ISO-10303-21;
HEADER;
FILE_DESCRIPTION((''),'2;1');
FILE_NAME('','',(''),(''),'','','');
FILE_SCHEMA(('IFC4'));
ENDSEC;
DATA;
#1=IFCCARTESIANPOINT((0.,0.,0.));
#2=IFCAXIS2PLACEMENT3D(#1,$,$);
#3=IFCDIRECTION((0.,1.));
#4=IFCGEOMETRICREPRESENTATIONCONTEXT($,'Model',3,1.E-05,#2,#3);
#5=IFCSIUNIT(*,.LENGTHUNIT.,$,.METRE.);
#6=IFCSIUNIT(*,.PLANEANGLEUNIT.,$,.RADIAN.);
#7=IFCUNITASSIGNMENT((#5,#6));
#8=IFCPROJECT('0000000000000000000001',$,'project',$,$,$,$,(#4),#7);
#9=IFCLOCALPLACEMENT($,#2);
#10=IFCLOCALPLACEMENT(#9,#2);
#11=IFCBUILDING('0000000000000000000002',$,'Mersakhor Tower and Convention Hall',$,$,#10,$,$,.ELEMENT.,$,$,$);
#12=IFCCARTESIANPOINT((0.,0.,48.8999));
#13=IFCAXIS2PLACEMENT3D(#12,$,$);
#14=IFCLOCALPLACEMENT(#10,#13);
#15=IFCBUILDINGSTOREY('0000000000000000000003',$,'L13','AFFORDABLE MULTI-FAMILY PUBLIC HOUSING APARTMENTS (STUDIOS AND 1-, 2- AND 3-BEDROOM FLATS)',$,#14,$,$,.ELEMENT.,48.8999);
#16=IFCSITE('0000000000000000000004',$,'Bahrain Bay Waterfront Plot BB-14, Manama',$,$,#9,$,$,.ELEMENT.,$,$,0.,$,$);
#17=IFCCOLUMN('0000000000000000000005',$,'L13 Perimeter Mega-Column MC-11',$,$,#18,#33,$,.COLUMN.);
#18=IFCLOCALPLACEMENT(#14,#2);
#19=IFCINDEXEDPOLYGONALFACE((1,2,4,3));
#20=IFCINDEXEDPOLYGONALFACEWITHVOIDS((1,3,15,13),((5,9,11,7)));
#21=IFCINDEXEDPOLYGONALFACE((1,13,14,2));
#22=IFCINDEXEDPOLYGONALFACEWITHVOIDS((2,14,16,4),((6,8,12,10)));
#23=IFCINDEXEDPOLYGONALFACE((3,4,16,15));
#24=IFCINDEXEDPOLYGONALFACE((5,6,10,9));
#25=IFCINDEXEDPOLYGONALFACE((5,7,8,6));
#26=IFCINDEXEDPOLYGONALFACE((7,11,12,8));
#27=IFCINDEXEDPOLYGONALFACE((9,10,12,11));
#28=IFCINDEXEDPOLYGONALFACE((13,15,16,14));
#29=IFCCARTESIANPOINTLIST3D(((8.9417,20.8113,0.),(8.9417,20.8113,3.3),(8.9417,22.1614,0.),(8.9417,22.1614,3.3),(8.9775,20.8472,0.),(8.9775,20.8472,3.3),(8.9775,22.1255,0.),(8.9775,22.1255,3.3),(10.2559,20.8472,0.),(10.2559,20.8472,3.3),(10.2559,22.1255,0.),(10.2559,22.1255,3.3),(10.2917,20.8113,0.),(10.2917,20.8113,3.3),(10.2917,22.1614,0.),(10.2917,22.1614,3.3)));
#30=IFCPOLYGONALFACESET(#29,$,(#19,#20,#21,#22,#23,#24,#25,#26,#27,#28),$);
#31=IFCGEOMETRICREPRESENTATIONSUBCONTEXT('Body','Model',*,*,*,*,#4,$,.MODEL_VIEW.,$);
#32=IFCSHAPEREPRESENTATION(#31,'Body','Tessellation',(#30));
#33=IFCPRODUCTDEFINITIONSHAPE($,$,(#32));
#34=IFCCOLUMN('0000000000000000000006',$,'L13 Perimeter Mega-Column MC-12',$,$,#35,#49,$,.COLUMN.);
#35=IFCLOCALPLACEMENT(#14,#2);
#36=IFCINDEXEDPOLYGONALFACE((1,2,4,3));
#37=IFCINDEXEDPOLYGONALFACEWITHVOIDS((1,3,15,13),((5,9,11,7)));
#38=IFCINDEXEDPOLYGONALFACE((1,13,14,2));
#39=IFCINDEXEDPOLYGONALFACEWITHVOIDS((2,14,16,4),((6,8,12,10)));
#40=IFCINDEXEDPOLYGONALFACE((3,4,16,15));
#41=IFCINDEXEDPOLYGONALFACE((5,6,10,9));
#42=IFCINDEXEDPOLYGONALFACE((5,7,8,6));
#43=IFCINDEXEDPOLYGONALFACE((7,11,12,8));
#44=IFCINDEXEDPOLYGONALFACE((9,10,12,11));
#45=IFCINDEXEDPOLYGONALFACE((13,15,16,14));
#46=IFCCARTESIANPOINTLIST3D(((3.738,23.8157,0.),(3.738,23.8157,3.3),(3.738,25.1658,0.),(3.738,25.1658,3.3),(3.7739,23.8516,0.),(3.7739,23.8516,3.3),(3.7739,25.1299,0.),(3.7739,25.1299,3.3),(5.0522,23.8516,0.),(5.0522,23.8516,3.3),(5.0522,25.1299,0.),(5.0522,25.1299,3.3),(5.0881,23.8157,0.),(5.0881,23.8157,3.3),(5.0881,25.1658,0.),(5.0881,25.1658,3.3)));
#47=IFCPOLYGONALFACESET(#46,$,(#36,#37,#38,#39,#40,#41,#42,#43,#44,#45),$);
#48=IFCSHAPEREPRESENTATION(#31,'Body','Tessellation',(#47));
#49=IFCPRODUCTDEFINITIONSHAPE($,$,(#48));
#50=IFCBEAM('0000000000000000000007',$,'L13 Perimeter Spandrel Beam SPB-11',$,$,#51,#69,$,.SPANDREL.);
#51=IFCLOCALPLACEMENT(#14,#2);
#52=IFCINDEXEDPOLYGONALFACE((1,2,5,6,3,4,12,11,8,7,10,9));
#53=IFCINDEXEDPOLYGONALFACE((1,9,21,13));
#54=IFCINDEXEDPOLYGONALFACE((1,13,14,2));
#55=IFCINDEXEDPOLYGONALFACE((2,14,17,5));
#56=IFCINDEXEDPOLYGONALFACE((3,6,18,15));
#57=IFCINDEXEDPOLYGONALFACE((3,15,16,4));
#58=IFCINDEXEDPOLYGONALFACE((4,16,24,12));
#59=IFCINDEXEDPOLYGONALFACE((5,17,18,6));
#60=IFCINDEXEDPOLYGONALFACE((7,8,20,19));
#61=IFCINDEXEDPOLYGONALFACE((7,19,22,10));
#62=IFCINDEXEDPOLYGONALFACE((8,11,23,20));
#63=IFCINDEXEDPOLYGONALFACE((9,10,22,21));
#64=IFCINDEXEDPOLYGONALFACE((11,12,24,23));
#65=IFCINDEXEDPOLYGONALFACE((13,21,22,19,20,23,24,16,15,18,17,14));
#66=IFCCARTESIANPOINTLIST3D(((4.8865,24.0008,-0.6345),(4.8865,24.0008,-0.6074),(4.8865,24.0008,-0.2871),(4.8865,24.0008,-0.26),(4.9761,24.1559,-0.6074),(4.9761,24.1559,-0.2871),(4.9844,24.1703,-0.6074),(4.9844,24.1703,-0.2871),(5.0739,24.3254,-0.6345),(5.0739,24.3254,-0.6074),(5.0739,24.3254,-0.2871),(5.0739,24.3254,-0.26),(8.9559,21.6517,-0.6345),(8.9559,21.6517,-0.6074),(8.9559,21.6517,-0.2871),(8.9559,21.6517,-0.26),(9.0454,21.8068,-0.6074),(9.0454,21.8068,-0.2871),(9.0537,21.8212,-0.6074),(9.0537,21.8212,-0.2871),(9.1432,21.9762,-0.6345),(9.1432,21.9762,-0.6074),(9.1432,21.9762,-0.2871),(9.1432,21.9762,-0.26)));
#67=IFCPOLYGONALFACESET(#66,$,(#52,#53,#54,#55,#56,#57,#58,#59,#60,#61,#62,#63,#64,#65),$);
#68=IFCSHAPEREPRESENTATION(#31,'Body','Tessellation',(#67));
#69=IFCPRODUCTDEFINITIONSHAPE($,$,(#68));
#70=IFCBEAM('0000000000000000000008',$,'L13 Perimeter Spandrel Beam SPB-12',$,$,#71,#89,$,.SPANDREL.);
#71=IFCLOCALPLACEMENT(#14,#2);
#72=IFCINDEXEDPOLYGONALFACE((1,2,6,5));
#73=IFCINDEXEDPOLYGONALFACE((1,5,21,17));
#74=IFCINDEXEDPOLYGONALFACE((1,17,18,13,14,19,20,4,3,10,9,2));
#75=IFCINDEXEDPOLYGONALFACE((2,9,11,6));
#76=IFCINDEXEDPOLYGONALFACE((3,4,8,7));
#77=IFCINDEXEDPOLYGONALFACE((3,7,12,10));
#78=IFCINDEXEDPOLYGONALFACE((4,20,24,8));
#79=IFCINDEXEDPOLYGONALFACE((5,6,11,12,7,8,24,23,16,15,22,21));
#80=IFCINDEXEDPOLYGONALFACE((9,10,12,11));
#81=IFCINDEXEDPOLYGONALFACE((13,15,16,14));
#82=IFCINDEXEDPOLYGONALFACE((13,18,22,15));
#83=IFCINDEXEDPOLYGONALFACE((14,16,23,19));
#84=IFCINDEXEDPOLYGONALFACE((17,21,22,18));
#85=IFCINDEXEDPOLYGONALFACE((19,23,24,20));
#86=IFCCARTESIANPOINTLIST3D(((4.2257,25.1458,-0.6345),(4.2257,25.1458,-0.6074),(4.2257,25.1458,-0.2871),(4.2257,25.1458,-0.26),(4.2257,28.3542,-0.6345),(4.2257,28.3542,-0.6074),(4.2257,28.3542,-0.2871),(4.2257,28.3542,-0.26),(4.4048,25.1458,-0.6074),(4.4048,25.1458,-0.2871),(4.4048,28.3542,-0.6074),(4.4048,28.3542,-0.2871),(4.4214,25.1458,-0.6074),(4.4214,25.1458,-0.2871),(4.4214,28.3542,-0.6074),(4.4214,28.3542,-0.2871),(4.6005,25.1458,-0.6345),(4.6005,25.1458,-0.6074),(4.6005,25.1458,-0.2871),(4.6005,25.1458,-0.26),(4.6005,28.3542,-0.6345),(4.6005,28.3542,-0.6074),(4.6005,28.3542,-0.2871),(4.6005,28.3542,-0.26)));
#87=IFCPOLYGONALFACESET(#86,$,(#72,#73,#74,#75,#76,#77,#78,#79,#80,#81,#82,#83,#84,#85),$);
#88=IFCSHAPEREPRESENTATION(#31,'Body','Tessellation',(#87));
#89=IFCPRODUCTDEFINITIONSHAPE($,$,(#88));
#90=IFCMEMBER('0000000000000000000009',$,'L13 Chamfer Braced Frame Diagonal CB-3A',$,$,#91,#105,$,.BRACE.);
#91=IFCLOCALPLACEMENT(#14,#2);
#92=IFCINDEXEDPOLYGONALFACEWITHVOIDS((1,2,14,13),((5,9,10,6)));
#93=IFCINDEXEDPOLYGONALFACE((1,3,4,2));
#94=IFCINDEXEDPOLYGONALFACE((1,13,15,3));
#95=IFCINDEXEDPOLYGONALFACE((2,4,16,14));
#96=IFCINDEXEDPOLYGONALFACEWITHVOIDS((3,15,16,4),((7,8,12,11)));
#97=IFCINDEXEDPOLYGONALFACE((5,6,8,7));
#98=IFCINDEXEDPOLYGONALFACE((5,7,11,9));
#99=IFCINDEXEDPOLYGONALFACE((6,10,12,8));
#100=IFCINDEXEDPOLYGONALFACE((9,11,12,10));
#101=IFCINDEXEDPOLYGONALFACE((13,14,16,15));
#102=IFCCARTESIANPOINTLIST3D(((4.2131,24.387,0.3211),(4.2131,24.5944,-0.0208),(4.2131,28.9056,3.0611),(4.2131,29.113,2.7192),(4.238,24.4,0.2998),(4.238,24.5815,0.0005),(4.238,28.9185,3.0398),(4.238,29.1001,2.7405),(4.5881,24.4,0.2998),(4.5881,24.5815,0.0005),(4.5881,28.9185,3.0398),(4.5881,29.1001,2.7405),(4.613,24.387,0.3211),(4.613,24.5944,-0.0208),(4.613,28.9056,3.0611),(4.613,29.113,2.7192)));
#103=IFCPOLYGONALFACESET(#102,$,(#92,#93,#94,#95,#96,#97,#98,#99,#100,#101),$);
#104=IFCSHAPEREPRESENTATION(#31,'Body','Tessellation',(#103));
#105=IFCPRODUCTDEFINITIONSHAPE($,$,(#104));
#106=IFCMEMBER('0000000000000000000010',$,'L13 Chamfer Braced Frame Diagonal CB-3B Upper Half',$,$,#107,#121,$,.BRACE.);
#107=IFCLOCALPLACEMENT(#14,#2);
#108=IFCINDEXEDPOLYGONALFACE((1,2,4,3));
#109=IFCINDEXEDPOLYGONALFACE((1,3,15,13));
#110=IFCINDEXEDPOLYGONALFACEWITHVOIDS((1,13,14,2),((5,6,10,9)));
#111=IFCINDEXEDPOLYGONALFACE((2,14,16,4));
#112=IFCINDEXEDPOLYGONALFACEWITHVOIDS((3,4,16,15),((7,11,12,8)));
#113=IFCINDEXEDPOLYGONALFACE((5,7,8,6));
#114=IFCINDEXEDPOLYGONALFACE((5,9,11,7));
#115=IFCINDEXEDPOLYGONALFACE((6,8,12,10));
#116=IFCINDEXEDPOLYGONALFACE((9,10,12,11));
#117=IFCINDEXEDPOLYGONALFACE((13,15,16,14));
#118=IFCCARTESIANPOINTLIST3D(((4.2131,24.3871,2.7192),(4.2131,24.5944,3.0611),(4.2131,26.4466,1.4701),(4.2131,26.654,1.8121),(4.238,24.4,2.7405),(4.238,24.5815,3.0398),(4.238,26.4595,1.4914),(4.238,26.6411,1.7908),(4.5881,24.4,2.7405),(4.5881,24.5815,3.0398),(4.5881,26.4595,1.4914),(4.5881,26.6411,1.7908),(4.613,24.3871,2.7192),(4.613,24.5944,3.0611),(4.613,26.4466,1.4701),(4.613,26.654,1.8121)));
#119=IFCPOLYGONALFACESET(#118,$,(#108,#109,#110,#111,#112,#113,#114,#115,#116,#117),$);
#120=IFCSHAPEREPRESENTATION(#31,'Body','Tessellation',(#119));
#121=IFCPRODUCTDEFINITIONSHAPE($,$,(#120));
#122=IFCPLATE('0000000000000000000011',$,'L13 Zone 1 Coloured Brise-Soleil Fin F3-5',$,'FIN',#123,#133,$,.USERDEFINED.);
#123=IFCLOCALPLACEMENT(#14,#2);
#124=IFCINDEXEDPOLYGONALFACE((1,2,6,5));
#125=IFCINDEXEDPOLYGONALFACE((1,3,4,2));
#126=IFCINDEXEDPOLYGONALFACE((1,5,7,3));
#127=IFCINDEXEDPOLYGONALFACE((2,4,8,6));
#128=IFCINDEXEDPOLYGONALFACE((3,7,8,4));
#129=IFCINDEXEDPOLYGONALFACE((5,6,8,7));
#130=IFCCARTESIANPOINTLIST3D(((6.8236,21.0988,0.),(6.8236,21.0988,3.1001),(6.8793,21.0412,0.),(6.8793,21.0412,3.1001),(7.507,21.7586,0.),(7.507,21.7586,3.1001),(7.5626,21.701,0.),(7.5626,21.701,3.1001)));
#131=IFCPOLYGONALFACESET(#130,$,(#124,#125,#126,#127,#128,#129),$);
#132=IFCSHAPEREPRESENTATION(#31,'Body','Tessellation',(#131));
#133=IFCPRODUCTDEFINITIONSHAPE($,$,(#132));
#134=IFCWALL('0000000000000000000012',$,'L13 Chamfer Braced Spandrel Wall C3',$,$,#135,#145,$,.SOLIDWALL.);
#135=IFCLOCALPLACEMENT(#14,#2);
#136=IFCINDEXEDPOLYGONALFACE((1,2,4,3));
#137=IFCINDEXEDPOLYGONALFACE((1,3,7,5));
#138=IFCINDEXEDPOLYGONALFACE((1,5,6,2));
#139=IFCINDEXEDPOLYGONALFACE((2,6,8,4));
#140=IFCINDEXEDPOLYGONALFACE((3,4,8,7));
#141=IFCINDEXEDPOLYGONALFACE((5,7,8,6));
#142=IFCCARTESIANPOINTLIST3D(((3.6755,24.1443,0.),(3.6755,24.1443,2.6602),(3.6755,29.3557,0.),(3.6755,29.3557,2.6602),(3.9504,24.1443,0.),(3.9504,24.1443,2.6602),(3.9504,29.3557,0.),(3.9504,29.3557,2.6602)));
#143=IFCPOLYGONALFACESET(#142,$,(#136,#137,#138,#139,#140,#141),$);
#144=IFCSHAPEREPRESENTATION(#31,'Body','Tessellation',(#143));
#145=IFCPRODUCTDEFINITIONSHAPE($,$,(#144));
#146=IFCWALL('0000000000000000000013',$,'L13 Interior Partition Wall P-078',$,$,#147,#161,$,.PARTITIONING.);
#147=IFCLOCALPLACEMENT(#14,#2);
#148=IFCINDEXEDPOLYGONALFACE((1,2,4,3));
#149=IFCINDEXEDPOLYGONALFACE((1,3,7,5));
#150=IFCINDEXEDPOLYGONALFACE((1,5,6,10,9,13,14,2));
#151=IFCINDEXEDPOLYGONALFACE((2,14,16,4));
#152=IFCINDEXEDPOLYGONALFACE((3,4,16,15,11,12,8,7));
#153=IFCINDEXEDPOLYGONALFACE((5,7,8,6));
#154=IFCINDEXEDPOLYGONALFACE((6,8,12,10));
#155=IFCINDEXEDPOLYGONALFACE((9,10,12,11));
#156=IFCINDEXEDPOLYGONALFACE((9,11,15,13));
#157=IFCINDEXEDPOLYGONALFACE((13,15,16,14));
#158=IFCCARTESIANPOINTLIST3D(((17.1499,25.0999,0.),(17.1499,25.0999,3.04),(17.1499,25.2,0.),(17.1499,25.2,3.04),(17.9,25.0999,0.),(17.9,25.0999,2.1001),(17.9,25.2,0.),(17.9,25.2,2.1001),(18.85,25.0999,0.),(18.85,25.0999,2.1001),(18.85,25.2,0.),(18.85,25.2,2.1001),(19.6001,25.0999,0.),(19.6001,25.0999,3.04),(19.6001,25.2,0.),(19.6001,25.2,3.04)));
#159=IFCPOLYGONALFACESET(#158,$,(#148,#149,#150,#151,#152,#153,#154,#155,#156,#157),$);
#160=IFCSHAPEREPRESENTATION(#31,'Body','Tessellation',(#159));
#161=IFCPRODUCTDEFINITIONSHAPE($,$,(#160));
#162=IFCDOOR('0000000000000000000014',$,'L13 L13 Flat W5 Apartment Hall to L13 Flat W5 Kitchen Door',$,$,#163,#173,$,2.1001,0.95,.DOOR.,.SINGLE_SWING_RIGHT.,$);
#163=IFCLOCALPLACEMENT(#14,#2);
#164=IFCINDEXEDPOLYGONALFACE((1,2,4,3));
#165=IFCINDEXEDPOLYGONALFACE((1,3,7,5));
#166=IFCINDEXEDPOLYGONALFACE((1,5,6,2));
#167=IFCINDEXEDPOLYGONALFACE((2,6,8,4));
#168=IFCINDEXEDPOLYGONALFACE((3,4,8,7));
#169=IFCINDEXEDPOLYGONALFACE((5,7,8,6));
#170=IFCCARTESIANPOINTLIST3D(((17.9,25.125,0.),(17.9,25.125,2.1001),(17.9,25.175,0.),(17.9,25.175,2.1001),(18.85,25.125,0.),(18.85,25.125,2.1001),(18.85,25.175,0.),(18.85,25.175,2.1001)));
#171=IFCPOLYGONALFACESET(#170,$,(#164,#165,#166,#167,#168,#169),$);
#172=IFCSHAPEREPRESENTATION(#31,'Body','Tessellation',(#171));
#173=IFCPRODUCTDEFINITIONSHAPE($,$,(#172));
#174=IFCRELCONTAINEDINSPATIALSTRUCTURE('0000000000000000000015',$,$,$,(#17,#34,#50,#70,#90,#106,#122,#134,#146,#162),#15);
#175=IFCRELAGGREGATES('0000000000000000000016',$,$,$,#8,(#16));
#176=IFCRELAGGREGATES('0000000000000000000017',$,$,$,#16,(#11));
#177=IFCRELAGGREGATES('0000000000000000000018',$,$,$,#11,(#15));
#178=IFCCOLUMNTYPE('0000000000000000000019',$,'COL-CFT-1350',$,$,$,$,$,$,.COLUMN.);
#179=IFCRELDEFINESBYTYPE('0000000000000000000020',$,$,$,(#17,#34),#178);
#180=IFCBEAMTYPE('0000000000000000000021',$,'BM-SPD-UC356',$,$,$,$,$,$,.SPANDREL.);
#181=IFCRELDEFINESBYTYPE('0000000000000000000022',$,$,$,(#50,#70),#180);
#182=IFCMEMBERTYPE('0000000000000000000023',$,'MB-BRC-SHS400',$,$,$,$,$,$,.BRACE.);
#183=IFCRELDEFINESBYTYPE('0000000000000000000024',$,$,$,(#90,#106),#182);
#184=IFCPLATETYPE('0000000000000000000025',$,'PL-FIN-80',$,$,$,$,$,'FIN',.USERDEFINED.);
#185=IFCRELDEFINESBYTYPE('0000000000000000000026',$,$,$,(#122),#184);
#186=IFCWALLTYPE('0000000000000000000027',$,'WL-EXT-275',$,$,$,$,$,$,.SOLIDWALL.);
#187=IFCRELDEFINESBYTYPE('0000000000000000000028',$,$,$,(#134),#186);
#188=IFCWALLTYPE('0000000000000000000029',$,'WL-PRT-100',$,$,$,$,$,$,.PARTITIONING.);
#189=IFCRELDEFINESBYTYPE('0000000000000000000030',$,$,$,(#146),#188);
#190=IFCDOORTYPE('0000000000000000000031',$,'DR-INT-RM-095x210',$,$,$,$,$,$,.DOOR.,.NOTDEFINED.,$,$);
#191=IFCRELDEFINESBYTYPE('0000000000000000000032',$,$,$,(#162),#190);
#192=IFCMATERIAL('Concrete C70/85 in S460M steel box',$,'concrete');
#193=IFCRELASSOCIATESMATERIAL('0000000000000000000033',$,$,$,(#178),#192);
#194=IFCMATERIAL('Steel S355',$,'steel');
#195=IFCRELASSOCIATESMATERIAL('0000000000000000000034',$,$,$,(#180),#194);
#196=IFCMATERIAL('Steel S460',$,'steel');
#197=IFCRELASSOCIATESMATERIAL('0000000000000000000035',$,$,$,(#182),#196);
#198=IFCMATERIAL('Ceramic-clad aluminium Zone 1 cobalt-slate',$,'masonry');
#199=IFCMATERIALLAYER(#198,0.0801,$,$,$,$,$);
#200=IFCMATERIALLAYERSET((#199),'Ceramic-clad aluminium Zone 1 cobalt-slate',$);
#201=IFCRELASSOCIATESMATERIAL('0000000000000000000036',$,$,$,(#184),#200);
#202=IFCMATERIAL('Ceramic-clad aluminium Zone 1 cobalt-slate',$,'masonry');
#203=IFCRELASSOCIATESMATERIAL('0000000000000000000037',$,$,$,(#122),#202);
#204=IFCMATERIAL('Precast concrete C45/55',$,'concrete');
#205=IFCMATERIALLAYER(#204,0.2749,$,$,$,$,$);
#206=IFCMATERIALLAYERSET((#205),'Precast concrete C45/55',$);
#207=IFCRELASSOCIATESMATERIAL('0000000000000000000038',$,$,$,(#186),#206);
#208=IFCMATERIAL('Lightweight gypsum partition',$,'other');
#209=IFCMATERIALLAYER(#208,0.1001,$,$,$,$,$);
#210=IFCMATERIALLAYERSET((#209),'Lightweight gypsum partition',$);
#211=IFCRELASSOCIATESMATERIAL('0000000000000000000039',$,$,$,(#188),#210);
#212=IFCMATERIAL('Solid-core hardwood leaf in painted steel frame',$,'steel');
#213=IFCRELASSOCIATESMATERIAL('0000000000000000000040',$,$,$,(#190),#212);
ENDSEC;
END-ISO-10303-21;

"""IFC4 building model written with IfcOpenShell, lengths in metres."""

from ifc_helpers import new_model, si_unit, direction, frame, frame_2d, origin, origin_2d, place, context, subcontext, project, spatial, rectangle, hollow_rectangle, i_section, extrude, material, layer, layer_set, material_profile, profile_set, type_object, element, fill, save


model = new_model("IFC4")

# Units and contexts
model_context = context("Model", 3, precision=1e-05, world=origin(), true_north=direction((0.0, 1.0)))
body_context = subcontext(model_context, "Body", "Model", "MODEL_VIEW")
ifc_project = project(units=[si_unit("LENGTHUNIT", "METRE"), si_unit("PLANEANGLEUNIT", "RADIAN")], contexts=[model_context])

# Site, building, storey
site_placement = place(None, origin())
site = spatial("IfcSite", under=ifc_project, at=site_placement, Name="Bahrain Bay Waterfront Plot BB-14, Manama", CompositionType="ELEMENT", RefElevation=0.0)
building_placement = place(site_placement, origin())
building = spatial("IfcBuilding", under=site, at=building_placement, Name="Mersakhor Tower and Convention Hall", CompositionType="ELEMENT")
storey_placement = place(building_placement, frame((0.0, 0.0, 48.8999)))
storey = spatial("IfcBuildingStorey", under=building, at=storey_placement, Name="L13", Description="AFFORDABLE MULTI-FAMILY PUBLIC HOUSING APARTMENTS (STUDIOS AND 1-, 2- AND 3-BEDROOM FLATS)", CompositionType="ELEMENT", Elevation=48.8999)

# Columns
ifc_material_1 = material(Name="Concrete C70/85 in S460M steel box", Category="concrete")
ifc_material_profile_1 = material_profile(ifc_material_1, hollow_rectangle(XDim=1.3501, YDim=1.3501, WallThickness=0.0359, at=origin_2d()), Name="SHS 1350x1350x36")
ifc_profile_set_1 = profile_set([ifc_material_profile_1], Name="Concrete C70/85 in S460M steel box")
column_type = type_object("IfcColumnType", Name="COL-CFT-1350", PredefinedType="COLUMN", material=ifc_profile_set_1)
for number, where, z_axis, x_axis, name in (
    (1, (9.6167, 21.4863, 0.0), (0.0, 0.0, 1.0), (1.0, 0.0, 0.0), "L13 Perimeter Mega-Column MC-11"),
    (2, (4.4131, 24.4907, 0.0), (0.0, 0.0, 1.0), (1.0, 0.0, 0.0), "L13 Perimeter Mega-Column MC-12"),
):
    element("IfcColumn", number, at=place(storey_placement, frame(where, z_axis=z_axis, x_axis=x_axis)), inside=storey, type_object=column_type, Name=name, PredefinedType="COLUMN", context=body_context, shape_type="SweptSolid", body=[
        extrude(hollow_rectangle(XDim=1.3501, YDim=1.3501, WallThickness=0.0359, at=origin_2d()), origin(), (0.0, 0.0, 1.0), 3.3),
    ])

# Beams
ifc_material_2 = material(Name="Steel S355", Category="steel")
ifc_material_profile_2 = material_profile(ifc_material_2, i_section(OverallWidth=0.3748, OverallDepth=0.3745, WebThickness=0.0166, FlangeThickness=0.0271, at=origin_2d()), Name="UC 356x368x202")
ifc_profile_set_2 = profile_set([ifc_material_profile_2], Name="Steel S355")
beam_type = type_object("IfcBeamType", Name="BM-SPD-UC356", PredefinedType="SPANDREL", material=ifc_profile_set_2)
beam_1_placement = place(storey_placement, frame((9.0496, 21.814, -0.4473), z_axis=(-0.866054, 0.49995, 0.0), x_axis=(-0.49995, -0.866054, 0.0)))
element("IfcBeam", 3, at=beam_1_placement, inside=storey, type_object=beam_type, Name="L13 Perimeter Spandrel Beam SPB-11", PredefinedType="SPANDREL", context=body_context, shape_type="SweptSolid", body=[
    extrude(i_section(OverallWidth=0.3748, OverallDepth=0.3745, WebThickness=0.0166, FlangeThickness=0.0271, at=origin_2d()), origin(), (0.0, 0.0, 1.0), 4.6987),
])
beam_2_placement = place(storey_placement, frame((4.4131, 25.1458, -0.4473), z_axis=(0.0, 1.0, 0.0), x_axis=(-1.0, 0.0, 0.0)))
element("IfcBeam", 4, at=beam_2_placement, inside=storey, type_object=beam_type, Name="L13 Perimeter Spandrel Beam SPB-12", PredefinedType="SPANDREL", context=body_context, shape_type="SweptSolid", body=[
    extrude(i_section(OverallWidth=0.3748, OverallDepth=0.3745, WebThickness=0.0166, FlangeThickness=0.0271, at=origin_2d()), origin(), (0.0, 0.0, 1.0), 3.2085),
])

# Members
ifc_material_3 = material(Name="Steel S460", Category="steel")
ifc_material_profile_3 = material_profile(ifc_material_3, hollow_rectangle(XDim=0.3999, YDim=0.3999, WallThickness=0.0249, at=origin_2d()), Name="SHS 400x400x25")
ifc_profile_set_3 = profile_set([ifc_material_profile_3], Name="Steel S460")
member_type = type_object("IfcMemberType", Name="MB-BRC-SHS400", PredefinedType="BRACE", material=ifc_profile_set_3)
member_1_placement = place(storey_placement, frame((4.4131, 24.4907, 0.1501), z_axis=(0.0, 0.855074, 0.518505), x_axis=(-1.0, 0.0, 0.0)))
element("IfcMember", 5, at=member_1_placement, inside=storey, type_object=member_type, Name="L13 Chamfer Braced Frame Diagonal CB-3A", PredefinedType="BRACE", context=body_context, shape_type="SweptSolid", body=[
    extrude(hollow_rectangle(XDim=0.3999, YDim=0.3999, WallThickness=0.0249, at=origin_2d()), origin(), (0.0, 0.0, 1.0), 5.2844),
])
member_2_placement = place(storey_placement, frame((4.4131, 26.5503, 1.6411), z_axis=(0.0, -0.855051, 0.518544), x_axis=(1.0, 0.0, 0.0)))
element("IfcMember", 6, at=member_2_placement, inside=storey, type_object=member_type, Name="L13 Chamfer Braced Frame Diagonal CB-3B Upper Half", PredefinedType="BRACE", context=body_context, shape_type="SweptSolid", body=[
    extrude(hollow_rectangle(XDim=0.3999, YDim=0.3999, WallThickness=0.0249, at=origin_2d()), origin(), (0.0, 0.0, 1.0), 2.4087),
])

# Plate
ifc_material_4 = material(Name="Ceramic-clad aluminium Zone 1 cobalt-slate", Category="masonry")
ifc_material_5 = material(Name="Ceramic-clad aluminium Zone 1 cobalt-slate", Category="masonry")
ifc_layer_1 = layer(ifc_material_5, 0.0801)
ifc_layer_set_1 = layer_set([ifc_layer_1], Name="Ceramic-clad aluminium Zone 1 cobalt-slate")
plate_type = type_object("IfcPlateType", Name="PL-FIN-80", ElementType="FIN", PredefinedType="USERDEFINED", material=ifc_layer_set_1)
plate_placement = place(storey_placement, frame((7.1931, 21.3999, 0.0), z_axis=(0.0, 0.0, 1.0), x_axis=(-0.71934, -0.694658, 0.0)))
element("IfcPlate", 7, at=plate_placement, inside=storey, type_object=plate_type, material=ifc_material_4, Name="L13 Zone 1 Coloured Brise-Soleil Fin F3-5", ObjectType="FIN", PredefinedType="USERDEFINED", context=body_context, shape_type="SweptSolid", body=[
    extrude(rectangle(XDim=0.95, YDim=0.0801, at=origin_2d()), origin(), (0.0, 0.0, 1.0), 3.1001),
])

# Wall
ifc_material_6 = material(Name="Precast concrete C45/55", Category="concrete")
ifc_layer_2 = layer(ifc_material_6, 0.2749)
ifc_layer_set_2 = layer_set([ifc_layer_2], Name="Precast concrete C45/55")
wall_type_1 = type_object("IfcWallType", Name="WL-EXT-275", PredefinedType="SOLIDWALL", material=ifc_layer_set_2)
wall_1_placement = place(storey_placement, frame((3.813, 24.1443, 0.0), z_axis=(0.0, 0.0, 1.0), x_axis=(0.0, 1.0, 0.0)))
element("IfcWall", 8, at=wall_1_placement, inside=storey, type_object=wall_type_1, Name="L13 Chamfer Braced Spandrel Wall C3", PredefinedType="SOLIDWALL", context=body_context, shape_type="SweptSolid", body=[
    extrude(rectangle(XDim=5.2114, YDim=0.2749, at=frame_2d((2.6057, 0.0))), origin(), (0.0, 0.0, 1.0), 2.6602),
])

# Wall, opening, door
ifc_material_7 = material(Name="Lightweight gypsum partition", Category="other")
ifc_layer_3 = layer(ifc_material_7, 0.1001)
ifc_layer_set_3 = layer_set([ifc_layer_3], Name="Lightweight gypsum partition")
wall_type_2 = type_object("IfcWallType", Name="WL-PRT-100", PredefinedType="PARTITIONING", material=ifc_layer_set_3)
wall_2_placement = place(storey_placement, frame((19.6001, 25.1499, 0.0), z_axis=(0.0, 0.0, 1.0), x_axis=(-1.0, 0.0, 0.0)))
wall_2 = element("IfcWall", 9, at=wall_2_placement, inside=storey, type_object=wall_type_2, Name="L13 Interior Partition Wall P-078", PredefinedType="PARTITIONING", context=body_context, shape_type="SweptSolid", body=[
    extrude(rectangle(XDim=2.4502, YDim=0.1001, at=frame_2d((1.2251, 0.0))), origin(), (0.0, 0.0, 1.0), 3.04),
])
opening_1_placement = place(wall_2_placement, frame((0.75, 0.0, 0.0)))
opening_1 = element("IfcOpeningElement", 10, at=opening_1_placement, cuts=wall_2, PredefinedType="OPENING", context=body_context, shape_type="SweptSolid", body=[
    extrude(rectangle(XDim=0.95, YDim=2.1001, at=frame_2d((0.4751, 1.05))), frame((0.0, 0.0601, 0.0), z_axis=(0.0, -1.0, 0.0), x_axis=(1.0, 0.0, 0.0)), (0.0, 0.0, 1.0), 0.1201),
])
ifc_material_8 = material(Name="Solid-core hardwood leaf in painted steel frame", Category="steel")
door_type_1 = type_object("IfcDoorType", Name="DR-INT-RM-095x210", OperationType="NOTDEFINED", PredefinedType="DOOR", material=ifc_material_8)
door_1_placement = place(opening_1_placement, origin())
door_1 = element("IfcDoor", 11, at=door_1_placement, inside=storey, type_object=door_type_1, Name="L13 L13 Flat W5 Apartment Hall to L13 Flat W5 Kitchen Door", OperationType="SINGLE_SWING_RIGHT", OverallHeight=2.1001, OverallWidth=0.95, PredefinedType="DOOR", context=body_context, shape_type="SweptSolid", body=[
    extrude(rectangle(XDim=0.95, YDim=2.1001, at=frame_2d((0.4751, 1.05))), frame((0.0, 0.0249, 0.0), z_axis=(0.0, -1.0, 0.0), x_axis=(1.0, 0.0, 0.0)), (0.0, 0.0, 1.0), 0.05),
])
fill(opening_1, door_1)

save(model, "model.ifc")
